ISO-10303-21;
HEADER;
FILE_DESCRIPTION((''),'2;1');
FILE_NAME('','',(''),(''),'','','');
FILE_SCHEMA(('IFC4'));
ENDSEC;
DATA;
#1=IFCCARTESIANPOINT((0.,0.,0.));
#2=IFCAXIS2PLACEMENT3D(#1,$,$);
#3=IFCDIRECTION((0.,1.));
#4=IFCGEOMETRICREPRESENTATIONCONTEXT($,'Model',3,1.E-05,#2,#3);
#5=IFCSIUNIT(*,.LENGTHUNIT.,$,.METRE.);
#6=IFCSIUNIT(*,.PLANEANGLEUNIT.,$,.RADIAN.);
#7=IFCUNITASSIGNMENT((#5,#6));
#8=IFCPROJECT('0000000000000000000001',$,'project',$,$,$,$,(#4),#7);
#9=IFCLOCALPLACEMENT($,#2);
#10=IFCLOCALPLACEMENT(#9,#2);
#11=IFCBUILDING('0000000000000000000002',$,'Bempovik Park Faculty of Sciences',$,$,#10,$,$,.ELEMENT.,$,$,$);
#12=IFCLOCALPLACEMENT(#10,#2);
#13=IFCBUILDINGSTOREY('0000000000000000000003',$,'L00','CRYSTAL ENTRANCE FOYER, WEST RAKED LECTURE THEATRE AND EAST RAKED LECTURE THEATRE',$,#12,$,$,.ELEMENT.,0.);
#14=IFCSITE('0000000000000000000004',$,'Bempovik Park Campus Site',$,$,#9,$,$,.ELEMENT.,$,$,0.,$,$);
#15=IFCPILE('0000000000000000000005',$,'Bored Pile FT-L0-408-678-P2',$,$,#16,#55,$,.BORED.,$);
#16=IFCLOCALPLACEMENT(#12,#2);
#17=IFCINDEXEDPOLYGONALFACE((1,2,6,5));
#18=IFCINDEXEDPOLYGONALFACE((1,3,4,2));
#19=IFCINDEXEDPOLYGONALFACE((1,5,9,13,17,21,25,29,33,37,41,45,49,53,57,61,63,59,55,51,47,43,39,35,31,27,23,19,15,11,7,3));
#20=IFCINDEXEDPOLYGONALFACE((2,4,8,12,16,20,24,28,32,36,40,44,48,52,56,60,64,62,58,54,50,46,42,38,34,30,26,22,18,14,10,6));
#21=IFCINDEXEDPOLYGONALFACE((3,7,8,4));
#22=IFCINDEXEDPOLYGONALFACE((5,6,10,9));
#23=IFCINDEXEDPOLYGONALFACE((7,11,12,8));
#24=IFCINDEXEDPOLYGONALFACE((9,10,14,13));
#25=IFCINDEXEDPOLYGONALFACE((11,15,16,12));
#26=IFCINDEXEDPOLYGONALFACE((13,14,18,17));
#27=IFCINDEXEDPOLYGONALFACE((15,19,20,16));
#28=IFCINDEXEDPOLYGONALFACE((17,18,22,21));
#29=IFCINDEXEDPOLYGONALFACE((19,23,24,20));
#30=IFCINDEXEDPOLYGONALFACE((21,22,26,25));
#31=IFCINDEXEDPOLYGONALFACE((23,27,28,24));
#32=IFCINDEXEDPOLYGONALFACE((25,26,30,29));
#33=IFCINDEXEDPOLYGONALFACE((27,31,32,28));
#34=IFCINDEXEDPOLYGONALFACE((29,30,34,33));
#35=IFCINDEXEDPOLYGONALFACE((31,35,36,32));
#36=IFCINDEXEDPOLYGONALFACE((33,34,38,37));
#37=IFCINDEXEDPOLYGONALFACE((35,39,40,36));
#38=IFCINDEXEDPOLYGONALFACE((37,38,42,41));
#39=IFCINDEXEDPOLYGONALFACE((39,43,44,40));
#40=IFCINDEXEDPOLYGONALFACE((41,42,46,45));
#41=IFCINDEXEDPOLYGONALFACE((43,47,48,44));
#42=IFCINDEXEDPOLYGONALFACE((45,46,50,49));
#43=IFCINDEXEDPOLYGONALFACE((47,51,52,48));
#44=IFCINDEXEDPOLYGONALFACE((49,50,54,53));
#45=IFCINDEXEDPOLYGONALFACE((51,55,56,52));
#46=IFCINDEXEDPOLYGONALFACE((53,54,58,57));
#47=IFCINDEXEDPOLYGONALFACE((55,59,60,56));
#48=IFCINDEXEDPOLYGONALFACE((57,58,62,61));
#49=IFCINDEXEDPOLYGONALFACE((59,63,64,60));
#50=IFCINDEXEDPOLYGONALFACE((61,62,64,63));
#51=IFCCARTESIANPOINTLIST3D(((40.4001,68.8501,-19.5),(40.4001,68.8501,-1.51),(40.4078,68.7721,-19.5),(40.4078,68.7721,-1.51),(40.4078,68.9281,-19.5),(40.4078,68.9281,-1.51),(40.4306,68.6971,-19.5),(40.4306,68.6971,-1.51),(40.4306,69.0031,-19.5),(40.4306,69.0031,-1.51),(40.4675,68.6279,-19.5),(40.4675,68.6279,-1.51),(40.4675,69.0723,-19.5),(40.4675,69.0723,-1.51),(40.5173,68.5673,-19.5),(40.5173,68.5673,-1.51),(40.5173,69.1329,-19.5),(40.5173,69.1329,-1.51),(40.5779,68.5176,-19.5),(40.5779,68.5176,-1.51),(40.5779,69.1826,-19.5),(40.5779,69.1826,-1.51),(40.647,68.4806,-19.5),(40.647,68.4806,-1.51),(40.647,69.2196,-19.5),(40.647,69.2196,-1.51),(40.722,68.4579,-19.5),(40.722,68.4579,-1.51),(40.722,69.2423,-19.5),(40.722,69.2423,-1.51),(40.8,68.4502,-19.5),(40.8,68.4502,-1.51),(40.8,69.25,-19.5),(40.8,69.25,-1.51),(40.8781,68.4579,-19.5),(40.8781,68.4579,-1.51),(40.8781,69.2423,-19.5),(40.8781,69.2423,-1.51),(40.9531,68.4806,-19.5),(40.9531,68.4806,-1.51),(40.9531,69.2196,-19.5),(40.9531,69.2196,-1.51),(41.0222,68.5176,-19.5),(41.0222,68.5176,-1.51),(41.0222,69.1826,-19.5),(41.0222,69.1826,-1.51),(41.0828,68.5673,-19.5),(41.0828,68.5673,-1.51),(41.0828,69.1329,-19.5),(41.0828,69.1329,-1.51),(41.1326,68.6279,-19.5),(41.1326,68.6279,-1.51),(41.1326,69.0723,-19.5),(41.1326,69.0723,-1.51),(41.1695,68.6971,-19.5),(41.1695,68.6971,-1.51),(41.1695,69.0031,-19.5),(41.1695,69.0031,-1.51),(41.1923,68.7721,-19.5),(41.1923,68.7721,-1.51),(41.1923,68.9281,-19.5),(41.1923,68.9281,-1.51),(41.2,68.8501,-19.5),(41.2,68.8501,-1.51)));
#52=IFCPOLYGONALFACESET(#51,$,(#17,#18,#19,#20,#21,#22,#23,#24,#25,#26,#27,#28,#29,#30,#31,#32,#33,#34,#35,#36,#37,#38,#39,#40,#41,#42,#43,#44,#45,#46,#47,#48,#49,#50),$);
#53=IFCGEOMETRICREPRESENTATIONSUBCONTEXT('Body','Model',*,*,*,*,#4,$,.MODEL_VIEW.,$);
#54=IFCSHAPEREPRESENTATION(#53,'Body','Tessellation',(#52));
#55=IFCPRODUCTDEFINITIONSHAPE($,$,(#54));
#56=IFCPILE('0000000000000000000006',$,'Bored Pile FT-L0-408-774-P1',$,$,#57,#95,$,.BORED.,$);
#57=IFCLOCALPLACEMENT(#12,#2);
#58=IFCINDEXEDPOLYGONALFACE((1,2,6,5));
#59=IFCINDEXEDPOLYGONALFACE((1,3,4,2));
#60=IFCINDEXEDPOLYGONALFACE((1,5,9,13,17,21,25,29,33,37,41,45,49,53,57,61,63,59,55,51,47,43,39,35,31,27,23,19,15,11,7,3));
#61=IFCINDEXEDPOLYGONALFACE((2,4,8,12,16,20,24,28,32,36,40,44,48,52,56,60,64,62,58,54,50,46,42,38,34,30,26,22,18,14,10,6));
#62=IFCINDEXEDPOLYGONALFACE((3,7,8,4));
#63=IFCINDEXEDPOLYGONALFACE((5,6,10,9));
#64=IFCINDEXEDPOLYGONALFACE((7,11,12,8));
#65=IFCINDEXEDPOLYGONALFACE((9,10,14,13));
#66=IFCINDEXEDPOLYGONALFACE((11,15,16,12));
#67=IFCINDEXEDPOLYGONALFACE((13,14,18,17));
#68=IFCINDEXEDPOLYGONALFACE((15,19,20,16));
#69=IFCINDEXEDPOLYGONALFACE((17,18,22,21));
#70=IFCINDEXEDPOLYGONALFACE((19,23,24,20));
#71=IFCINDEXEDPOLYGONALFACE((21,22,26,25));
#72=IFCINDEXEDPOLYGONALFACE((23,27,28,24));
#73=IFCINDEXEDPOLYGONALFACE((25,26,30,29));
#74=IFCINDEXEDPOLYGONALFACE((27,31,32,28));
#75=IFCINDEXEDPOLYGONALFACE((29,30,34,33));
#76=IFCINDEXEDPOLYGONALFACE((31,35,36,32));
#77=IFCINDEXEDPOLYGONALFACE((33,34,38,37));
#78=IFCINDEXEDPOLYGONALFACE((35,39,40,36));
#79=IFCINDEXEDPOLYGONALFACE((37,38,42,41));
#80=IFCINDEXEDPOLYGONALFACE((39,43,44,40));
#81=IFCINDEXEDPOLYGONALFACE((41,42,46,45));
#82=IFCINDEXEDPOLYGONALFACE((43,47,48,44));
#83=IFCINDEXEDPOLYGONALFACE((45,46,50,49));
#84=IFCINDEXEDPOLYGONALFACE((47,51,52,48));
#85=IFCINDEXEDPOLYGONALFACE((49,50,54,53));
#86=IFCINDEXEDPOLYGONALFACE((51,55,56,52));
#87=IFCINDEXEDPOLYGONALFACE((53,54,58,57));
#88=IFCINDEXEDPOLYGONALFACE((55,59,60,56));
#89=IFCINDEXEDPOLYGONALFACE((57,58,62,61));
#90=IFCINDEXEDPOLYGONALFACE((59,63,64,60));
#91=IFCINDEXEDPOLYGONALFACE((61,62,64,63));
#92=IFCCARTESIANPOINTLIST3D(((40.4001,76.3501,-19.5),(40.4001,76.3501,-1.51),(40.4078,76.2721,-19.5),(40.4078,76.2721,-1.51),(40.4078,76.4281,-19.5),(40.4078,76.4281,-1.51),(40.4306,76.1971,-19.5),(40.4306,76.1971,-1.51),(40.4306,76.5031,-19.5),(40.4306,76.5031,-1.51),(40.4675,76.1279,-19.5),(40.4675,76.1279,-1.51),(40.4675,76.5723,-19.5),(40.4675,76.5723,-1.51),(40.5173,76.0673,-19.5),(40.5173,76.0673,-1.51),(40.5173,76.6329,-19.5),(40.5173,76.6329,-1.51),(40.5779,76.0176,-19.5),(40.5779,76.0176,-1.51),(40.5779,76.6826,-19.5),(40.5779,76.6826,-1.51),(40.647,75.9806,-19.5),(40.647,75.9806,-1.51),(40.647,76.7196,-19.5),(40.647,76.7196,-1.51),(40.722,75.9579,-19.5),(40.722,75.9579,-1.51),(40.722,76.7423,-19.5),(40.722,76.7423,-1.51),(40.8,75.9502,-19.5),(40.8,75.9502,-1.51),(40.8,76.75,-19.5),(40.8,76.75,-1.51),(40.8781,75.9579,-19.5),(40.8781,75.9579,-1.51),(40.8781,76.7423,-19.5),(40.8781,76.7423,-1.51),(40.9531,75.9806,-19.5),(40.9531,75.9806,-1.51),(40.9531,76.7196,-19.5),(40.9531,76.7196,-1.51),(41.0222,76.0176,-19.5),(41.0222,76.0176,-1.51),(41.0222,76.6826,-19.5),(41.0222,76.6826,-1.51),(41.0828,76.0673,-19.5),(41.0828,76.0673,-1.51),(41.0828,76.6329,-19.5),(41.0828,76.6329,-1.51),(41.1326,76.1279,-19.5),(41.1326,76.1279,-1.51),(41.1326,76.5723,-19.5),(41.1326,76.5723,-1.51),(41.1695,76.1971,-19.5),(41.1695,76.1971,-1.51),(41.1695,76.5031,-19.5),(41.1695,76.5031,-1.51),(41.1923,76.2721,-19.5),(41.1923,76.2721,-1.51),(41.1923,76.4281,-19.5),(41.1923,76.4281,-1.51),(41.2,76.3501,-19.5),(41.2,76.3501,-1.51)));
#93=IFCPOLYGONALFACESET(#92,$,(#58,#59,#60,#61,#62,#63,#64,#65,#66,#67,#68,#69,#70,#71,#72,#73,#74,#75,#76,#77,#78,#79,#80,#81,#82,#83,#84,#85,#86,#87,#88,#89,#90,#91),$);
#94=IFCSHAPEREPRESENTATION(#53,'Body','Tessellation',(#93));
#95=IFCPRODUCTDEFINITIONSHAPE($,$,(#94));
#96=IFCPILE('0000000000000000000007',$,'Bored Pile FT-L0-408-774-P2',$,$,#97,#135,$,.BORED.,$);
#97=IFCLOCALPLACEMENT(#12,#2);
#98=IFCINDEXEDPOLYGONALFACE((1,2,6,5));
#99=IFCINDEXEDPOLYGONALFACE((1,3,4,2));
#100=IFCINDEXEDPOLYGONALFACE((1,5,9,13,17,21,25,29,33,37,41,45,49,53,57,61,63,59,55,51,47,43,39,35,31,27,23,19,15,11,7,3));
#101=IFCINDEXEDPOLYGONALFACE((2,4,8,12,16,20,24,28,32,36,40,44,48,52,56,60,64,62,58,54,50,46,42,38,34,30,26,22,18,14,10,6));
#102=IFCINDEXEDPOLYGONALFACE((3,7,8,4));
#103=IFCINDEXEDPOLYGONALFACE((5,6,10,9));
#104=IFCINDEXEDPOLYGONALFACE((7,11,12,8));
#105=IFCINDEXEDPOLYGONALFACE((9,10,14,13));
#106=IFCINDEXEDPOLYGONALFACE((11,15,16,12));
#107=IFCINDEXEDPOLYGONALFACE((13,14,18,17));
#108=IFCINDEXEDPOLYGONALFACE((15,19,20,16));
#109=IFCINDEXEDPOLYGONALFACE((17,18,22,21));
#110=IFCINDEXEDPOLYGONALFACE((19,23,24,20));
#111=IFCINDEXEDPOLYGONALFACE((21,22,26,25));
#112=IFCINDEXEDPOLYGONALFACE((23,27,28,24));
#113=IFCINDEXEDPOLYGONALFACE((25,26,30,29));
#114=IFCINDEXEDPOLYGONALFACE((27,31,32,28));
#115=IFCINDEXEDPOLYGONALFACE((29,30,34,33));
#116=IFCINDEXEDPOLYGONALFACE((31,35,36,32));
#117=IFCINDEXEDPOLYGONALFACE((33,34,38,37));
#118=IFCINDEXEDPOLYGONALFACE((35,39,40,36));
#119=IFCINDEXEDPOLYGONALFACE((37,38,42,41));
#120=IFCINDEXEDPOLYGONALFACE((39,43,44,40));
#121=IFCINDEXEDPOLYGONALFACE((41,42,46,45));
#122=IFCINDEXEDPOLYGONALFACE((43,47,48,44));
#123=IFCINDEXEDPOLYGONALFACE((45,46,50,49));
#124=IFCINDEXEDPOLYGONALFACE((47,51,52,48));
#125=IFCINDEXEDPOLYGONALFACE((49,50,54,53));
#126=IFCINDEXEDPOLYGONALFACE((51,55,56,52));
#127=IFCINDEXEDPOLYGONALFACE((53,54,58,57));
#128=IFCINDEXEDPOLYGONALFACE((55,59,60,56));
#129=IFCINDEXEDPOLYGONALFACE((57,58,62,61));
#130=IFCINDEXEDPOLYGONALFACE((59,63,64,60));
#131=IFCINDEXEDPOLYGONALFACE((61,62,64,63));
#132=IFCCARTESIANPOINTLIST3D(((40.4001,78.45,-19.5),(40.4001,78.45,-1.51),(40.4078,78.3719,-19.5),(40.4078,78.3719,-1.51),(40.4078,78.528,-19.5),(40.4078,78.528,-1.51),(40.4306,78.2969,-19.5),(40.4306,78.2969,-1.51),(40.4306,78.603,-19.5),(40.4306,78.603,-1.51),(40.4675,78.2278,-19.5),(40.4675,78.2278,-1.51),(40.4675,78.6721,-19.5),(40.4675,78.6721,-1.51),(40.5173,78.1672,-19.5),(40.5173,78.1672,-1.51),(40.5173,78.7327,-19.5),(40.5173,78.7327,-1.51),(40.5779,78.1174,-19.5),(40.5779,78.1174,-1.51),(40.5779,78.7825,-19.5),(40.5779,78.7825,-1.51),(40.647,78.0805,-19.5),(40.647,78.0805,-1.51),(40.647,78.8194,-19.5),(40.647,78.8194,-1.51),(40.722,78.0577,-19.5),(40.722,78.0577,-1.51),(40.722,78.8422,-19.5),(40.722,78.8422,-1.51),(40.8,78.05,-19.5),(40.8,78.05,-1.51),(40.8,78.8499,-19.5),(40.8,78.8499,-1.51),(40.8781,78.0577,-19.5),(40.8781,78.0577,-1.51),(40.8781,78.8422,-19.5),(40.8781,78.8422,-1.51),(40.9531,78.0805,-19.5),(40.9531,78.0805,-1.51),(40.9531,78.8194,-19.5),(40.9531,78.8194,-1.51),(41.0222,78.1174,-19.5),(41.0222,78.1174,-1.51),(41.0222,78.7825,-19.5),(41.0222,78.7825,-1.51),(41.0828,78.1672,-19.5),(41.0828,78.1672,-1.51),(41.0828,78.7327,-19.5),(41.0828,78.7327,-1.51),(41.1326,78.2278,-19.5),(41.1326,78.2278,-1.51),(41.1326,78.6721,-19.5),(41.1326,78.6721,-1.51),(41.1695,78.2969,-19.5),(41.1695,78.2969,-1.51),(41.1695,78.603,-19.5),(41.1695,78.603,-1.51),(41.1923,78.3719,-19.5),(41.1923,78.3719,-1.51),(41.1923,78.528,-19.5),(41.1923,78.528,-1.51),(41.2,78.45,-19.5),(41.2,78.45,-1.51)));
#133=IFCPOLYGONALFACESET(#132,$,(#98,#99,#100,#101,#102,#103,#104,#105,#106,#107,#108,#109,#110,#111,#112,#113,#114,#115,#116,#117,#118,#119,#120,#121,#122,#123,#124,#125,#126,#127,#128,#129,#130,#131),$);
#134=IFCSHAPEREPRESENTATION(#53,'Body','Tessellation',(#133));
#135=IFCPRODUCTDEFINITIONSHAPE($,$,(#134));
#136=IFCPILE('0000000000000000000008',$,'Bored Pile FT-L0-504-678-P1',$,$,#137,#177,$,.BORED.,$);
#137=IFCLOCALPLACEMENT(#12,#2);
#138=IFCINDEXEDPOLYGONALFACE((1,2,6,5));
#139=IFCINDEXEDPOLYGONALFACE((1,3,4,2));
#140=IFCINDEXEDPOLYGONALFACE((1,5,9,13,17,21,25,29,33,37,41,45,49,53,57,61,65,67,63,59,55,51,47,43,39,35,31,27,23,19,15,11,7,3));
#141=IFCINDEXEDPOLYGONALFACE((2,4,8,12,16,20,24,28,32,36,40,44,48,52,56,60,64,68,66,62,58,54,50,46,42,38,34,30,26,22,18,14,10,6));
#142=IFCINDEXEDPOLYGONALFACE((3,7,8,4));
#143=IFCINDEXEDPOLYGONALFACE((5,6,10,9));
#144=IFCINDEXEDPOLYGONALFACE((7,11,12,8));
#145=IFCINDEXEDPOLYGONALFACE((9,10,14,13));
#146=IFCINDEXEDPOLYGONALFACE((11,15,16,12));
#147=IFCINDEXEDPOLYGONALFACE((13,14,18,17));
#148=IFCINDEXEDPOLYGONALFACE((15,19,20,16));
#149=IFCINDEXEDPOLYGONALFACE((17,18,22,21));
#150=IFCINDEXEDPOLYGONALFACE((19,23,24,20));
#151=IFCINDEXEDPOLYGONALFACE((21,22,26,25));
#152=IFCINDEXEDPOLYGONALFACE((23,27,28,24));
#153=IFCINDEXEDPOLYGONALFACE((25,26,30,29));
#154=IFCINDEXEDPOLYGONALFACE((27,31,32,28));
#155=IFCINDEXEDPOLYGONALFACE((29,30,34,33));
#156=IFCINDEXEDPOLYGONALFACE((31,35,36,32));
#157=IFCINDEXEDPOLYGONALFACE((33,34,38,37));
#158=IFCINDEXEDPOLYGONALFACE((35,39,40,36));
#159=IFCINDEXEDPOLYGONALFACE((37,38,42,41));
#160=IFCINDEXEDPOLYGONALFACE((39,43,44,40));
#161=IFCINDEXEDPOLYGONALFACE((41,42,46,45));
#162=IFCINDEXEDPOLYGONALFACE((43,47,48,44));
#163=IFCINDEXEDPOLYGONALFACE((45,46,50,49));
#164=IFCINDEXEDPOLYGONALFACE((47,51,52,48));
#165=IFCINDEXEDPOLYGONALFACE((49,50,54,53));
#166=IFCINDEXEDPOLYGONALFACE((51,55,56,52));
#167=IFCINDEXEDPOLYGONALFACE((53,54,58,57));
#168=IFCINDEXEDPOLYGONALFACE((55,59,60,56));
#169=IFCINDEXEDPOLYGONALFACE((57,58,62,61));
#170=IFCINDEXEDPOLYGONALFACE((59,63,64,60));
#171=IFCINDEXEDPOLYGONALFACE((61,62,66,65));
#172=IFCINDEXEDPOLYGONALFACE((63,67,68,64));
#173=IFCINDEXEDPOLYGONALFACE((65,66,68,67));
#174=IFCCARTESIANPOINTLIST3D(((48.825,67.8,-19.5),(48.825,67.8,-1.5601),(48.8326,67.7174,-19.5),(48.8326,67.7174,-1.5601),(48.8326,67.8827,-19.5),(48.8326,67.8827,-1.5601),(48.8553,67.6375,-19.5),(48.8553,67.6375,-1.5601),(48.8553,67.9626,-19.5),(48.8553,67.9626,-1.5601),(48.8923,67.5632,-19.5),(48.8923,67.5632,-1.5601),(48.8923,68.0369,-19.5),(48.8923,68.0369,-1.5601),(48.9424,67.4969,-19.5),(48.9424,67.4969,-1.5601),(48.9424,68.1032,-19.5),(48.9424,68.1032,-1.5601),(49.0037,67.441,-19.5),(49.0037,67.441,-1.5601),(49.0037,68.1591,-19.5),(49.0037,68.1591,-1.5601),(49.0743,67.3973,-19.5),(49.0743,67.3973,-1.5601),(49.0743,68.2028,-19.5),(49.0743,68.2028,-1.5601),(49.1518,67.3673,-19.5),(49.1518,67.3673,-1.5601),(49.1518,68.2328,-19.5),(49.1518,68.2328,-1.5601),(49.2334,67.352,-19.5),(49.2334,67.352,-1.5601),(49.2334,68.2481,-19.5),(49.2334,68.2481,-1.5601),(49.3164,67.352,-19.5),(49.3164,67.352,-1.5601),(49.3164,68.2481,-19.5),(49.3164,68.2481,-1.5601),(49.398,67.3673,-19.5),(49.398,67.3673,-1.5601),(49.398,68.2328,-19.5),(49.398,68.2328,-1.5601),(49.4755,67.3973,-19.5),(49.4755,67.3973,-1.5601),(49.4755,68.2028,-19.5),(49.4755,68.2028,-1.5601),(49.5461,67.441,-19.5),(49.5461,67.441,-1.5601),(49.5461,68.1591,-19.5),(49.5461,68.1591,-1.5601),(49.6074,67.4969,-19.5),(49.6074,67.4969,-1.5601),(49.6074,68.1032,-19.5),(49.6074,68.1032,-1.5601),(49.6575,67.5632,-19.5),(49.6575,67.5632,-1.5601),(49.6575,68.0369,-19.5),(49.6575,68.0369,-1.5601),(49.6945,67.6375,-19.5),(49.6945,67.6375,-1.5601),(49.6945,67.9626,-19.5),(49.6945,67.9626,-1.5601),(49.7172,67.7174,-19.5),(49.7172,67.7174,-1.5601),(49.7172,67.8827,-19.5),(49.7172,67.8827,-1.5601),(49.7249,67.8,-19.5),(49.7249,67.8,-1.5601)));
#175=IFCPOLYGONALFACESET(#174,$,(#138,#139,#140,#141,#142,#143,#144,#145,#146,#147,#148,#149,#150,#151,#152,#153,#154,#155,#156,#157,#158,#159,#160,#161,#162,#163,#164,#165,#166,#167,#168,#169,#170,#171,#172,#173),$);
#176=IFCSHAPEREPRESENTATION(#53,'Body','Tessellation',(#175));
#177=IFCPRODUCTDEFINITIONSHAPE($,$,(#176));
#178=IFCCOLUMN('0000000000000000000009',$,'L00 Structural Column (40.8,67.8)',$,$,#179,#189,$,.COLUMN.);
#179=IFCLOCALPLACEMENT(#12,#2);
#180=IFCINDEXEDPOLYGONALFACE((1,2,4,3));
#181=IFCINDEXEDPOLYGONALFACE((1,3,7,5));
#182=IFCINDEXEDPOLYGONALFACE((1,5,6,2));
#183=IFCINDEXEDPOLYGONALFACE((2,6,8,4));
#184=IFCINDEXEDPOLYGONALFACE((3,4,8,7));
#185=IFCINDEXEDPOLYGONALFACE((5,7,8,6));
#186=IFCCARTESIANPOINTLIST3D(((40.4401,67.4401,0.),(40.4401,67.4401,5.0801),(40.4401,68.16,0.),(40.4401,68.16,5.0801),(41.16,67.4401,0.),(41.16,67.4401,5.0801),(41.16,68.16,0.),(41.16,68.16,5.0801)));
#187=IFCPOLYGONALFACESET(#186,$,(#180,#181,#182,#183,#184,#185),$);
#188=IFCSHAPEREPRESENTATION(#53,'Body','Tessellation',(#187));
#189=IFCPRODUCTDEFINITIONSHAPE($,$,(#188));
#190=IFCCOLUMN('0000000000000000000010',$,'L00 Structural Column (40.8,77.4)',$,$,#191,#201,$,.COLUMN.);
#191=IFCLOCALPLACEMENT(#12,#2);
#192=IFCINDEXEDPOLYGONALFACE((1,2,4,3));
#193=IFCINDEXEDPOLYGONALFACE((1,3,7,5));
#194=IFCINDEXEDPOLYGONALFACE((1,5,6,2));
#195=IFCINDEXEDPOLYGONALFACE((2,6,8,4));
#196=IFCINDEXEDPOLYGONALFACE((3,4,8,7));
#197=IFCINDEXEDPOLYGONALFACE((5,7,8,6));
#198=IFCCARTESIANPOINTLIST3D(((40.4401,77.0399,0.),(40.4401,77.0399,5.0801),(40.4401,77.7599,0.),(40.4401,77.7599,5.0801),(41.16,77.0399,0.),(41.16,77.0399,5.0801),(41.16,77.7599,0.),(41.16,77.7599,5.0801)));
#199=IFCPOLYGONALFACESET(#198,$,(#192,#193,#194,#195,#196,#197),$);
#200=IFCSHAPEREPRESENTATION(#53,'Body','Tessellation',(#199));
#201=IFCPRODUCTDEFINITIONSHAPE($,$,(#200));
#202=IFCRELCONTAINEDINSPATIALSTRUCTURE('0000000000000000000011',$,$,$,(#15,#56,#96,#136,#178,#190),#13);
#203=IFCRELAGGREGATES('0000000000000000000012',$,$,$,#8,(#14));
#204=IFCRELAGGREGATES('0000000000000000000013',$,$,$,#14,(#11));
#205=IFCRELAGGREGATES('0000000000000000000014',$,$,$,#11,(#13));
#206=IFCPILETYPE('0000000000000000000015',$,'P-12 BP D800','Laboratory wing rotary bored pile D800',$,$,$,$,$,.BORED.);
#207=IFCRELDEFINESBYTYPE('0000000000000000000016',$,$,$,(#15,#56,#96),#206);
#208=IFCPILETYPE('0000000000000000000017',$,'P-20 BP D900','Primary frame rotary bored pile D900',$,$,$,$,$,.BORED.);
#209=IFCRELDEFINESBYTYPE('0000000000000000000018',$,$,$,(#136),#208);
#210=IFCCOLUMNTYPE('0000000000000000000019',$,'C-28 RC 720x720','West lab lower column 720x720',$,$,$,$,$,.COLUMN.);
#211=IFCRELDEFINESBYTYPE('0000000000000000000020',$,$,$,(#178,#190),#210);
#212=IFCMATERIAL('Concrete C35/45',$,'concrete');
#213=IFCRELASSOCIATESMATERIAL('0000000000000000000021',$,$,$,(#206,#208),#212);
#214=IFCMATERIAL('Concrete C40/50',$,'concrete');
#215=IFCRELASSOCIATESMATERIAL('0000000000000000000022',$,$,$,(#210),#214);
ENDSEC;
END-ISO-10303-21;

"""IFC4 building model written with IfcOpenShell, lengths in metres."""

from ifc_helpers import new_model, si_unit, direction, frame, origin, origin_2d, place, context, subcontext, project, spatial, rectangle, circle, extrude, material, material_profile, profile_set, type_object, element, save


model = new_model("IFC4")

# Units and contexts
model_context = context("Model", 3, precision=1e-05, world=origin(), true_north=direction((0.0, 1.0)))
body_context = subcontext(model_context, "Body", "Model", "MODEL_VIEW")
ifc_project = project(units=[si_unit("LENGTHUNIT", "METRE"), si_unit("PLANEANGLEUNIT", "RADIAN")], contexts=[model_context])

# Site, building, storey
site_placement = place(None, origin())
site = spatial("IfcSite", under=ifc_project, at=site_placement, Name="Bempovik Park Campus Site", CompositionType="ELEMENT", RefElevation=0.0)
building_placement = place(site_placement, origin())
building = spatial("IfcBuilding", under=site, at=building_placement, Name="Bempovik Park Faculty of Sciences", CompositionType="ELEMENT")
storey_placement = place(building_placement, origin())
storey = spatial("IfcBuildingStorey", under=building, at=storey_placement, Name="L00", Description="CRYSTAL ENTRANCE FOYER, WEST RAKED LECTURE THEATRE AND EAST RAKED LECTURE THEATRE", CompositionType="ELEMENT", Elevation=0.0)

# Shared definitions
ifc_material_1 = material(Name="Concrete C35/45", Category="concrete")

# Piles
ifc_material_profile_1 = material_profile(ifc_material_1, circle(Radius=0.3999, at=origin_2d()), Name="BP D800")
ifc_profile_set_1 = profile_set([ifc_material_profile_1], Name="Concrete C35/45")
pile_type_1 = type_object("IfcPileType", Name="P-12 BP D800", Description="Laboratory wing rotary bored pile D800", PredefinedType="BORED", material=ifc_profile_set_1)
for number, where, z_axis, x_axis, name in (
    (1, (40.8, 68.8501, -1.51), (0.0, 0.0, -1.0), (1.0, 0.0, 0.0), "Bored Pile FT-L0-408-678-P2"),
    (2, (40.8, 76.3501, -1.51), (0.0, 0.0, -1.0), (1.0, 0.0, 0.0), "Bored Pile FT-L0-408-774-P1"),
    (3, (40.8, 78.45, -1.51), (0.0, 0.0, -1.0), (1.0, 0.0, 0.0), "Bored Pile FT-L0-408-774-P2"),
):
    element("IfcPile", number, at=place(storey_placement, frame(where, z_axis=z_axis, x_axis=x_axis)), inside=storey, type_object=pile_type_1, Name=name, PredefinedType="BORED", context=body_context, shape_type="SweptSolid", body=[
        extrude(circle(Radius=0.3999, at=origin_2d()), origin(), (0.0, 0.0, 1.0), 17.99),
    ])
ifc_material_profile_2 = material_profile(ifc_material_1, circle(Radius=0.45, at=origin_2d()), Name="BP D900")
ifc_profile_set_2 = profile_set([ifc_material_profile_2], Name="Concrete C35/45")
pile_type_2 = type_object("IfcPileType", Name="P-20 BP D900", Description="Primary frame rotary bored pile D900", PredefinedType="BORED", material=ifc_profile_set_2)
pile_placement = place(storey_placement, frame((49.2749, 67.8, -1.5601), z_axis=(0.0, 0.0, -1.0), x_axis=(1.0, 0.0, 0.0)))
element("IfcPile", 4, at=pile_placement, inside=storey, type_object=pile_type_2, Name="Bored Pile FT-L0-504-678-P1", PredefinedType="BORED", context=body_context, shape_type="SweptSolid", body=[
    extrude(circle(Radius=0.45, at=origin_2d()), origin(), (0.0, 0.0, 1.0), 17.9399),
])

# Columns
ifc_material_2 = material(Name="Concrete C40/50", Category="concrete")
ifc_material_profile_3 = material_profile(ifc_material_2, rectangle(XDim=0.72, YDim=0.72, at=origin_2d()), Name="RC 720x720")
ifc_profile_set_3 = profile_set([ifc_material_profile_3], Name="Concrete C40/50")
column_type = type_object("IfcColumnType", Name="C-28 RC 720x720", Description="West lab lower column 720x720", PredefinedType="COLUMN", material=ifc_profile_set_3)
for number, where, z_axis, x_axis, name in (
    (5, (40.8, 67.8, 0.0), (0.0, 0.0, 1.0), (1.0, 0.0, 0.0), "L00 Structural Column (40.8,67.8)"),
    (6, (40.8, 77.3999, 0.0), (0.0, 0.0, 1.0), (1.0, 0.0, 0.0), "L00 Structural Column (40.8,77.4)"),
):
    element("IfcColumn", number, at=place(storey_placement, frame(where, z_axis=z_axis, x_axis=x_axis)), inside=storey, type_object=column_type, Name=name, PredefinedType="COLUMN", context=body_context, shape_type="SweptSolid", body=[
        extrude(rectangle(XDim=0.72, YDim=0.72, at=origin_2d()), origin(), (0.0, 0.0, 1.0), 5.0801),
    ])

save(model, "model.ifc")
